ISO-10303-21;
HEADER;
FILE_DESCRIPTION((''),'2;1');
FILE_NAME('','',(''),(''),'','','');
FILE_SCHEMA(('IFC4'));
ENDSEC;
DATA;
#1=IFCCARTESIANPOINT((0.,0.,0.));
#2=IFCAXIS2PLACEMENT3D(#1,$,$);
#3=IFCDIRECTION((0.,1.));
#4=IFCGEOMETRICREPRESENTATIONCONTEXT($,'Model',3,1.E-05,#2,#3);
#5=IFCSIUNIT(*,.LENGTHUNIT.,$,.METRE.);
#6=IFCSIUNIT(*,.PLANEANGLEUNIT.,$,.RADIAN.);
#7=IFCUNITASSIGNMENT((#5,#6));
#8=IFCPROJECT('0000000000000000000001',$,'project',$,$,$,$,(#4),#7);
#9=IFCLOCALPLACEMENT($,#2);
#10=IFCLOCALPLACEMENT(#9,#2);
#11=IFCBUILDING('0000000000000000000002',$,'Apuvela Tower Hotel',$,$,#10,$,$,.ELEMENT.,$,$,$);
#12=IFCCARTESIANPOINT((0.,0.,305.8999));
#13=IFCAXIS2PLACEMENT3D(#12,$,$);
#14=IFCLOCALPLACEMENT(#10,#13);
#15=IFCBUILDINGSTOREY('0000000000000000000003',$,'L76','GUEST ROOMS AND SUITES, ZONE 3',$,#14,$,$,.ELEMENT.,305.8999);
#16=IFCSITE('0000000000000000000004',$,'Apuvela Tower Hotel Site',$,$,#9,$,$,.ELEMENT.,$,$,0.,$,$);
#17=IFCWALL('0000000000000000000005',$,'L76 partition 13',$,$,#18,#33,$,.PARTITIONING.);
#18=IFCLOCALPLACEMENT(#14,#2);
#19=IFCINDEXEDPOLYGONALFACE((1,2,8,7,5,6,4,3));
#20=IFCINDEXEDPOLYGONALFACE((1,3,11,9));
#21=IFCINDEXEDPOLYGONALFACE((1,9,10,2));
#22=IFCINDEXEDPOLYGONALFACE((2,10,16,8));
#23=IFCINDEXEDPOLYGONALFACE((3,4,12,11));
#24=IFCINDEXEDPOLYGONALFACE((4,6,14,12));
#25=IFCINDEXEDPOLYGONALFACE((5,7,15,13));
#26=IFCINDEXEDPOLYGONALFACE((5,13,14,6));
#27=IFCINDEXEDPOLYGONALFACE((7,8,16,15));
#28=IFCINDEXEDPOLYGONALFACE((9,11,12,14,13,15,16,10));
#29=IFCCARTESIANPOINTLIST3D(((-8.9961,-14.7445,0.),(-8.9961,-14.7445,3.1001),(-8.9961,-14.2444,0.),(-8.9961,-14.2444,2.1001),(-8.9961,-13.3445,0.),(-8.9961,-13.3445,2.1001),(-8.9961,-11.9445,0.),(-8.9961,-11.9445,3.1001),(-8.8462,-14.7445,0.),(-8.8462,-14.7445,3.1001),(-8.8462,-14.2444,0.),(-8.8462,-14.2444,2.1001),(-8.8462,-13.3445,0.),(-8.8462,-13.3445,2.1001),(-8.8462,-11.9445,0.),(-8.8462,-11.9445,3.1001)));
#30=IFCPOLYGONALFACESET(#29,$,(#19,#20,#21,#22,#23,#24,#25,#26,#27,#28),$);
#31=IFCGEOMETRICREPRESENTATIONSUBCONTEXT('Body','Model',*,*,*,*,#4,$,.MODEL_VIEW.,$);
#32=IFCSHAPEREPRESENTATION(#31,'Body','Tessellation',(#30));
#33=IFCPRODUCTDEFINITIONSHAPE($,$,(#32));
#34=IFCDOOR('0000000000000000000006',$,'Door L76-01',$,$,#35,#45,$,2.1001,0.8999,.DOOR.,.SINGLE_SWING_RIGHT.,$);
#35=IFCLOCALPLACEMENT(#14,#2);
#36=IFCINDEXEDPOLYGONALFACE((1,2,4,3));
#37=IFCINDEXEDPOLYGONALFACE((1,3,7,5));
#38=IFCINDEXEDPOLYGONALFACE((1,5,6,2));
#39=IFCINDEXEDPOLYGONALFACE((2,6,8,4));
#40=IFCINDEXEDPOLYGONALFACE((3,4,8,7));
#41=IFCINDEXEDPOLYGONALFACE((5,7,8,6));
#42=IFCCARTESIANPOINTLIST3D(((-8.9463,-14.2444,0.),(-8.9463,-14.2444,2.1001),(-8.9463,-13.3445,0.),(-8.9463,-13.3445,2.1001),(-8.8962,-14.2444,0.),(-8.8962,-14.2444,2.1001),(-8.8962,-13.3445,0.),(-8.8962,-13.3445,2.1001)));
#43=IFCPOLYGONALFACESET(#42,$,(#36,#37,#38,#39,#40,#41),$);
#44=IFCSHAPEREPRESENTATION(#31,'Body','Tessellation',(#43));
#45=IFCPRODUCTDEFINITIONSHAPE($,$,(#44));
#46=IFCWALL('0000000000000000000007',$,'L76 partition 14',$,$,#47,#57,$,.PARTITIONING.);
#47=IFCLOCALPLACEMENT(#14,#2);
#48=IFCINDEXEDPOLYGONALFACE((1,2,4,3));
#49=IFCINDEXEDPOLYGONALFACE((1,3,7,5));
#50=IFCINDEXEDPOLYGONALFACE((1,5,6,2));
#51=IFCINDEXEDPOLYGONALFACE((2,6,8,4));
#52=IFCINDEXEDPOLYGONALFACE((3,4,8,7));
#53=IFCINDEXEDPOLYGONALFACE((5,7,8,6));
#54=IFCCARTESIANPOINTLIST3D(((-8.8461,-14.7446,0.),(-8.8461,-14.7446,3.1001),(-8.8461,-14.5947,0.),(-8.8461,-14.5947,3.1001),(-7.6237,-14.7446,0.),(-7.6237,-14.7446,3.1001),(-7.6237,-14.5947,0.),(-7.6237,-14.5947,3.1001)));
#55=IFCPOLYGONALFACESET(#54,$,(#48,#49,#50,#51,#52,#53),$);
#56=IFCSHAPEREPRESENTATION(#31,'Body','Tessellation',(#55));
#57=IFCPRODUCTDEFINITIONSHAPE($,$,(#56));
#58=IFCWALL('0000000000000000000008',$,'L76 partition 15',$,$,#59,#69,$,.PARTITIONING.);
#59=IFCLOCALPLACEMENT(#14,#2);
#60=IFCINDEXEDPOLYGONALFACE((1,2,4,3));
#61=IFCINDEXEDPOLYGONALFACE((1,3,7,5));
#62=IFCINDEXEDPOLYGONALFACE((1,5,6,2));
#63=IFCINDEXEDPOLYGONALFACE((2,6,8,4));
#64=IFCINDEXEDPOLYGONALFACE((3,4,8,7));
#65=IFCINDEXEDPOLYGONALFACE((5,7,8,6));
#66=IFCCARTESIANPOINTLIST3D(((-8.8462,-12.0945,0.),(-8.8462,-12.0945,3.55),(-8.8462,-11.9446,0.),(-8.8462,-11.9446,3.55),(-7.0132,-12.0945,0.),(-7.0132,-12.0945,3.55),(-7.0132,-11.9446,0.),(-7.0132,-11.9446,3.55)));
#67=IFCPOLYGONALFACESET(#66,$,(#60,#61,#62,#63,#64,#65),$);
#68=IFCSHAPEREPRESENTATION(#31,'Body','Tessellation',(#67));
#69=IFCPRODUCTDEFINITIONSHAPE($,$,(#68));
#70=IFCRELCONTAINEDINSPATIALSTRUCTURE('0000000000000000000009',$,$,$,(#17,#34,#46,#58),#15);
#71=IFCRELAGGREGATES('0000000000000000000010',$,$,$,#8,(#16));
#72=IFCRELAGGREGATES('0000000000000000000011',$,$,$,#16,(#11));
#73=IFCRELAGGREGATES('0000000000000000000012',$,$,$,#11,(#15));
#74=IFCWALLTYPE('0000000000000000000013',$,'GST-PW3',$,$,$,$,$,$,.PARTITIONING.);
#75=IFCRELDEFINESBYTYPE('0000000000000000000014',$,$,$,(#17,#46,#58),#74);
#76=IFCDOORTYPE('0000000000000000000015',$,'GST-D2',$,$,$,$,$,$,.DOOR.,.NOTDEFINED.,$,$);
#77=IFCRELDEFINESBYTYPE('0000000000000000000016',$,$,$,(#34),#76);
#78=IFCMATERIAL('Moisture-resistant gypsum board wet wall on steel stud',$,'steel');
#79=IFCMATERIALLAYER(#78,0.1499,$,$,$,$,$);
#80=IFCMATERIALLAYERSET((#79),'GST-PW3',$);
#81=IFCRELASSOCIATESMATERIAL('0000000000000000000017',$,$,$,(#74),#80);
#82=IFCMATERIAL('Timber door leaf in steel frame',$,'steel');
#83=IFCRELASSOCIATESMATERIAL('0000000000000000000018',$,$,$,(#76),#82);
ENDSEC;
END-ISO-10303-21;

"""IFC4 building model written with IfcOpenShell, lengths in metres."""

from ifc_helpers import new_model, si_unit, direction, frame, frame_2d, origin, place, context, subcontext, project, spatial, rectangle, extrude, material, layer, layer_set, type_object, element, fill, save


model = new_model("IFC4")

# Units and contexts
model_context = context("Model", 3, precision=1e-05, world=origin(), true_north=direction((0.0, 1.0)))
body_context = subcontext(model_context, "Body", "Model", "MODEL_VIEW")
ifc_project = project(units=[si_unit("LENGTHUNIT", "METRE"), si_unit("PLANEANGLEUNIT", "RADIAN")], contexts=[model_context])

# Site, building, storey
site_placement = place(None, origin())
site = spatial("IfcSite", under=ifc_project, at=site_placement, Name="Apuvela Tower Hotel Site", CompositionType="ELEMENT", RefElevation=0.0)
building_placement = place(site_placement, origin())
building = spatial("IfcBuilding", under=site, at=building_placement, Name="Apuvela Tower Hotel", CompositionType="ELEMENT")
storey_placement = place(building_placement, frame((0.0, 0.0, 305.8999)))
storey = spatial("IfcBuildingStorey", under=building, at=storey_placement, Name="L76", Description="GUEST ROOMS AND SUITES, ZONE 3", CompositionType="ELEMENT", Elevation=305.8999)

# Wall, opening, door
ifc_material_1 = material(Name="Timber door leaf in steel frame", Category="steel")
ifc_material_2 = material(Name="Moisture-resistant gypsum board wet wall on steel stud", Category="steel")
ifc_layer_1 = layer(ifc_material_2, 0.1499)
ifc_layer_set_1 = layer_set([ifc_layer_1], Name="GST-PW3")
wall_type_1 = type_object("IfcWallType", Name="GST-PW3", PredefinedType="PARTITIONING", material=ifc_layer_set_1)
wall_1_placement = place(storey_placement, frame((-8.9211, -11.9446, 0.0), z_axis=(0.0, 0.0, 1.0), x_axis=(0.0, -1.0, 0.0)))
wall_1 = element("IfcWall", 1, at=wall_1_placement, inside=storey, type_object=wall_type_1, Name="L76 partition 13", PredefinedType="PARTITIONING", context=body_context, shape_type="SweptSolid", body=[
    extrude(rectangle(XDim=2.8, YDim=0.1499, at=frame_2d((1.3999, 0.0))), origin(), (0.0, 0.0, 1.0), 3.1001),
])
opening_1_placement = place(wall_1_placement, frame((1.3999, 0.0, 0.0)))
opening_1 = element("IfcOpeningElement", 2, at=opening_1_placement, cuts=wall_1, PredefinedType="OPENING", context=body_context, shape_type="SweptSolid", body=[
    extrude(rectangle(XDim=0.8999, YDim=2.1001, at=frame_2d((0.45, 1.05))), frame((0.0, 0.085, 0.0), z_axis=(0.0, -1.0, 0.0), x_axis=(1.0, 0.0, 0.0)), (0.0, 0.0, 1.0), 0.1699),
])
door_type_1 = type_object("IfcDoorType", Name="GST-D2", OperationType="NOTDEFINED", PredefinedType="DOOR", material=ifc_material_1)
door_1_placement = place(opening_1_placement, origin())
door_1 = element("IfcDoor", 3, at=door_1_placement, inside=storey, type_object=door_type_1, Name="Door L76-01", OperationType="SINGLE_SWING_RIGHT", OverallHeight=2.1001, OverallWidth=0.8999, PredefinedType="DOOR", context=body_context, shape_type="SweptSolid", body=[
    extrude(rectangle(XDim=0.8999, YDim=2.1001, at=frame_2d((0.45, 1.05))), frame((0.0, 0.0249, 0.0), z_axis=(0.0, -1.0, 0.0), x_axis=(1.0, 0.0, 0.0)), (0.0, 0.0, 1.0), 0.05),
])
fill(opening_1, door_1)

# Walls
wall_2_placement = place(storey_placement, frame((-8.8462, -14.6697, 0.0), z_axis=(0.0, 0.0, 1.0), x_axis=(1.0, 0.0, 0.0)))
element("IfcWall", 4, at=wall_2_placement, inside=storey, type_object=wall_type_1, Name="L76 partition 14", PredefinedType="PARTITIONING", context=body_context, shape_type="SweptSolid", body=[
    extrude(rectangle(XDim=1.2224, YDim=0.1499, at=frame_2d((0.6113, 0.0))), origin(), (0.0, 0.0, 1.0), 3.1001),
])
wall_3_placement = place(storey_placement, frame((-8.8462, -12.0195, 0.0), z_axis=(0.0, 0.0, 1.0), x_axis=(1.0, 0.0, 0.0)))
element("IfcWall", 5, at=wall_3_placement, inside=storey, type_object=wall_type_1, Name="L76 partition 15", PredefinedType="PARTITIONING", context=body_context, shape_type="SweptSolid", body=[
    extrude(rectangle(XDim=1.833, YDim=0.1499, at=frame_2d((0.9165, 0.0))), origin(), (0.0, 0.0, 1.0), 3.55),
])

save(model, "model.ifc")
